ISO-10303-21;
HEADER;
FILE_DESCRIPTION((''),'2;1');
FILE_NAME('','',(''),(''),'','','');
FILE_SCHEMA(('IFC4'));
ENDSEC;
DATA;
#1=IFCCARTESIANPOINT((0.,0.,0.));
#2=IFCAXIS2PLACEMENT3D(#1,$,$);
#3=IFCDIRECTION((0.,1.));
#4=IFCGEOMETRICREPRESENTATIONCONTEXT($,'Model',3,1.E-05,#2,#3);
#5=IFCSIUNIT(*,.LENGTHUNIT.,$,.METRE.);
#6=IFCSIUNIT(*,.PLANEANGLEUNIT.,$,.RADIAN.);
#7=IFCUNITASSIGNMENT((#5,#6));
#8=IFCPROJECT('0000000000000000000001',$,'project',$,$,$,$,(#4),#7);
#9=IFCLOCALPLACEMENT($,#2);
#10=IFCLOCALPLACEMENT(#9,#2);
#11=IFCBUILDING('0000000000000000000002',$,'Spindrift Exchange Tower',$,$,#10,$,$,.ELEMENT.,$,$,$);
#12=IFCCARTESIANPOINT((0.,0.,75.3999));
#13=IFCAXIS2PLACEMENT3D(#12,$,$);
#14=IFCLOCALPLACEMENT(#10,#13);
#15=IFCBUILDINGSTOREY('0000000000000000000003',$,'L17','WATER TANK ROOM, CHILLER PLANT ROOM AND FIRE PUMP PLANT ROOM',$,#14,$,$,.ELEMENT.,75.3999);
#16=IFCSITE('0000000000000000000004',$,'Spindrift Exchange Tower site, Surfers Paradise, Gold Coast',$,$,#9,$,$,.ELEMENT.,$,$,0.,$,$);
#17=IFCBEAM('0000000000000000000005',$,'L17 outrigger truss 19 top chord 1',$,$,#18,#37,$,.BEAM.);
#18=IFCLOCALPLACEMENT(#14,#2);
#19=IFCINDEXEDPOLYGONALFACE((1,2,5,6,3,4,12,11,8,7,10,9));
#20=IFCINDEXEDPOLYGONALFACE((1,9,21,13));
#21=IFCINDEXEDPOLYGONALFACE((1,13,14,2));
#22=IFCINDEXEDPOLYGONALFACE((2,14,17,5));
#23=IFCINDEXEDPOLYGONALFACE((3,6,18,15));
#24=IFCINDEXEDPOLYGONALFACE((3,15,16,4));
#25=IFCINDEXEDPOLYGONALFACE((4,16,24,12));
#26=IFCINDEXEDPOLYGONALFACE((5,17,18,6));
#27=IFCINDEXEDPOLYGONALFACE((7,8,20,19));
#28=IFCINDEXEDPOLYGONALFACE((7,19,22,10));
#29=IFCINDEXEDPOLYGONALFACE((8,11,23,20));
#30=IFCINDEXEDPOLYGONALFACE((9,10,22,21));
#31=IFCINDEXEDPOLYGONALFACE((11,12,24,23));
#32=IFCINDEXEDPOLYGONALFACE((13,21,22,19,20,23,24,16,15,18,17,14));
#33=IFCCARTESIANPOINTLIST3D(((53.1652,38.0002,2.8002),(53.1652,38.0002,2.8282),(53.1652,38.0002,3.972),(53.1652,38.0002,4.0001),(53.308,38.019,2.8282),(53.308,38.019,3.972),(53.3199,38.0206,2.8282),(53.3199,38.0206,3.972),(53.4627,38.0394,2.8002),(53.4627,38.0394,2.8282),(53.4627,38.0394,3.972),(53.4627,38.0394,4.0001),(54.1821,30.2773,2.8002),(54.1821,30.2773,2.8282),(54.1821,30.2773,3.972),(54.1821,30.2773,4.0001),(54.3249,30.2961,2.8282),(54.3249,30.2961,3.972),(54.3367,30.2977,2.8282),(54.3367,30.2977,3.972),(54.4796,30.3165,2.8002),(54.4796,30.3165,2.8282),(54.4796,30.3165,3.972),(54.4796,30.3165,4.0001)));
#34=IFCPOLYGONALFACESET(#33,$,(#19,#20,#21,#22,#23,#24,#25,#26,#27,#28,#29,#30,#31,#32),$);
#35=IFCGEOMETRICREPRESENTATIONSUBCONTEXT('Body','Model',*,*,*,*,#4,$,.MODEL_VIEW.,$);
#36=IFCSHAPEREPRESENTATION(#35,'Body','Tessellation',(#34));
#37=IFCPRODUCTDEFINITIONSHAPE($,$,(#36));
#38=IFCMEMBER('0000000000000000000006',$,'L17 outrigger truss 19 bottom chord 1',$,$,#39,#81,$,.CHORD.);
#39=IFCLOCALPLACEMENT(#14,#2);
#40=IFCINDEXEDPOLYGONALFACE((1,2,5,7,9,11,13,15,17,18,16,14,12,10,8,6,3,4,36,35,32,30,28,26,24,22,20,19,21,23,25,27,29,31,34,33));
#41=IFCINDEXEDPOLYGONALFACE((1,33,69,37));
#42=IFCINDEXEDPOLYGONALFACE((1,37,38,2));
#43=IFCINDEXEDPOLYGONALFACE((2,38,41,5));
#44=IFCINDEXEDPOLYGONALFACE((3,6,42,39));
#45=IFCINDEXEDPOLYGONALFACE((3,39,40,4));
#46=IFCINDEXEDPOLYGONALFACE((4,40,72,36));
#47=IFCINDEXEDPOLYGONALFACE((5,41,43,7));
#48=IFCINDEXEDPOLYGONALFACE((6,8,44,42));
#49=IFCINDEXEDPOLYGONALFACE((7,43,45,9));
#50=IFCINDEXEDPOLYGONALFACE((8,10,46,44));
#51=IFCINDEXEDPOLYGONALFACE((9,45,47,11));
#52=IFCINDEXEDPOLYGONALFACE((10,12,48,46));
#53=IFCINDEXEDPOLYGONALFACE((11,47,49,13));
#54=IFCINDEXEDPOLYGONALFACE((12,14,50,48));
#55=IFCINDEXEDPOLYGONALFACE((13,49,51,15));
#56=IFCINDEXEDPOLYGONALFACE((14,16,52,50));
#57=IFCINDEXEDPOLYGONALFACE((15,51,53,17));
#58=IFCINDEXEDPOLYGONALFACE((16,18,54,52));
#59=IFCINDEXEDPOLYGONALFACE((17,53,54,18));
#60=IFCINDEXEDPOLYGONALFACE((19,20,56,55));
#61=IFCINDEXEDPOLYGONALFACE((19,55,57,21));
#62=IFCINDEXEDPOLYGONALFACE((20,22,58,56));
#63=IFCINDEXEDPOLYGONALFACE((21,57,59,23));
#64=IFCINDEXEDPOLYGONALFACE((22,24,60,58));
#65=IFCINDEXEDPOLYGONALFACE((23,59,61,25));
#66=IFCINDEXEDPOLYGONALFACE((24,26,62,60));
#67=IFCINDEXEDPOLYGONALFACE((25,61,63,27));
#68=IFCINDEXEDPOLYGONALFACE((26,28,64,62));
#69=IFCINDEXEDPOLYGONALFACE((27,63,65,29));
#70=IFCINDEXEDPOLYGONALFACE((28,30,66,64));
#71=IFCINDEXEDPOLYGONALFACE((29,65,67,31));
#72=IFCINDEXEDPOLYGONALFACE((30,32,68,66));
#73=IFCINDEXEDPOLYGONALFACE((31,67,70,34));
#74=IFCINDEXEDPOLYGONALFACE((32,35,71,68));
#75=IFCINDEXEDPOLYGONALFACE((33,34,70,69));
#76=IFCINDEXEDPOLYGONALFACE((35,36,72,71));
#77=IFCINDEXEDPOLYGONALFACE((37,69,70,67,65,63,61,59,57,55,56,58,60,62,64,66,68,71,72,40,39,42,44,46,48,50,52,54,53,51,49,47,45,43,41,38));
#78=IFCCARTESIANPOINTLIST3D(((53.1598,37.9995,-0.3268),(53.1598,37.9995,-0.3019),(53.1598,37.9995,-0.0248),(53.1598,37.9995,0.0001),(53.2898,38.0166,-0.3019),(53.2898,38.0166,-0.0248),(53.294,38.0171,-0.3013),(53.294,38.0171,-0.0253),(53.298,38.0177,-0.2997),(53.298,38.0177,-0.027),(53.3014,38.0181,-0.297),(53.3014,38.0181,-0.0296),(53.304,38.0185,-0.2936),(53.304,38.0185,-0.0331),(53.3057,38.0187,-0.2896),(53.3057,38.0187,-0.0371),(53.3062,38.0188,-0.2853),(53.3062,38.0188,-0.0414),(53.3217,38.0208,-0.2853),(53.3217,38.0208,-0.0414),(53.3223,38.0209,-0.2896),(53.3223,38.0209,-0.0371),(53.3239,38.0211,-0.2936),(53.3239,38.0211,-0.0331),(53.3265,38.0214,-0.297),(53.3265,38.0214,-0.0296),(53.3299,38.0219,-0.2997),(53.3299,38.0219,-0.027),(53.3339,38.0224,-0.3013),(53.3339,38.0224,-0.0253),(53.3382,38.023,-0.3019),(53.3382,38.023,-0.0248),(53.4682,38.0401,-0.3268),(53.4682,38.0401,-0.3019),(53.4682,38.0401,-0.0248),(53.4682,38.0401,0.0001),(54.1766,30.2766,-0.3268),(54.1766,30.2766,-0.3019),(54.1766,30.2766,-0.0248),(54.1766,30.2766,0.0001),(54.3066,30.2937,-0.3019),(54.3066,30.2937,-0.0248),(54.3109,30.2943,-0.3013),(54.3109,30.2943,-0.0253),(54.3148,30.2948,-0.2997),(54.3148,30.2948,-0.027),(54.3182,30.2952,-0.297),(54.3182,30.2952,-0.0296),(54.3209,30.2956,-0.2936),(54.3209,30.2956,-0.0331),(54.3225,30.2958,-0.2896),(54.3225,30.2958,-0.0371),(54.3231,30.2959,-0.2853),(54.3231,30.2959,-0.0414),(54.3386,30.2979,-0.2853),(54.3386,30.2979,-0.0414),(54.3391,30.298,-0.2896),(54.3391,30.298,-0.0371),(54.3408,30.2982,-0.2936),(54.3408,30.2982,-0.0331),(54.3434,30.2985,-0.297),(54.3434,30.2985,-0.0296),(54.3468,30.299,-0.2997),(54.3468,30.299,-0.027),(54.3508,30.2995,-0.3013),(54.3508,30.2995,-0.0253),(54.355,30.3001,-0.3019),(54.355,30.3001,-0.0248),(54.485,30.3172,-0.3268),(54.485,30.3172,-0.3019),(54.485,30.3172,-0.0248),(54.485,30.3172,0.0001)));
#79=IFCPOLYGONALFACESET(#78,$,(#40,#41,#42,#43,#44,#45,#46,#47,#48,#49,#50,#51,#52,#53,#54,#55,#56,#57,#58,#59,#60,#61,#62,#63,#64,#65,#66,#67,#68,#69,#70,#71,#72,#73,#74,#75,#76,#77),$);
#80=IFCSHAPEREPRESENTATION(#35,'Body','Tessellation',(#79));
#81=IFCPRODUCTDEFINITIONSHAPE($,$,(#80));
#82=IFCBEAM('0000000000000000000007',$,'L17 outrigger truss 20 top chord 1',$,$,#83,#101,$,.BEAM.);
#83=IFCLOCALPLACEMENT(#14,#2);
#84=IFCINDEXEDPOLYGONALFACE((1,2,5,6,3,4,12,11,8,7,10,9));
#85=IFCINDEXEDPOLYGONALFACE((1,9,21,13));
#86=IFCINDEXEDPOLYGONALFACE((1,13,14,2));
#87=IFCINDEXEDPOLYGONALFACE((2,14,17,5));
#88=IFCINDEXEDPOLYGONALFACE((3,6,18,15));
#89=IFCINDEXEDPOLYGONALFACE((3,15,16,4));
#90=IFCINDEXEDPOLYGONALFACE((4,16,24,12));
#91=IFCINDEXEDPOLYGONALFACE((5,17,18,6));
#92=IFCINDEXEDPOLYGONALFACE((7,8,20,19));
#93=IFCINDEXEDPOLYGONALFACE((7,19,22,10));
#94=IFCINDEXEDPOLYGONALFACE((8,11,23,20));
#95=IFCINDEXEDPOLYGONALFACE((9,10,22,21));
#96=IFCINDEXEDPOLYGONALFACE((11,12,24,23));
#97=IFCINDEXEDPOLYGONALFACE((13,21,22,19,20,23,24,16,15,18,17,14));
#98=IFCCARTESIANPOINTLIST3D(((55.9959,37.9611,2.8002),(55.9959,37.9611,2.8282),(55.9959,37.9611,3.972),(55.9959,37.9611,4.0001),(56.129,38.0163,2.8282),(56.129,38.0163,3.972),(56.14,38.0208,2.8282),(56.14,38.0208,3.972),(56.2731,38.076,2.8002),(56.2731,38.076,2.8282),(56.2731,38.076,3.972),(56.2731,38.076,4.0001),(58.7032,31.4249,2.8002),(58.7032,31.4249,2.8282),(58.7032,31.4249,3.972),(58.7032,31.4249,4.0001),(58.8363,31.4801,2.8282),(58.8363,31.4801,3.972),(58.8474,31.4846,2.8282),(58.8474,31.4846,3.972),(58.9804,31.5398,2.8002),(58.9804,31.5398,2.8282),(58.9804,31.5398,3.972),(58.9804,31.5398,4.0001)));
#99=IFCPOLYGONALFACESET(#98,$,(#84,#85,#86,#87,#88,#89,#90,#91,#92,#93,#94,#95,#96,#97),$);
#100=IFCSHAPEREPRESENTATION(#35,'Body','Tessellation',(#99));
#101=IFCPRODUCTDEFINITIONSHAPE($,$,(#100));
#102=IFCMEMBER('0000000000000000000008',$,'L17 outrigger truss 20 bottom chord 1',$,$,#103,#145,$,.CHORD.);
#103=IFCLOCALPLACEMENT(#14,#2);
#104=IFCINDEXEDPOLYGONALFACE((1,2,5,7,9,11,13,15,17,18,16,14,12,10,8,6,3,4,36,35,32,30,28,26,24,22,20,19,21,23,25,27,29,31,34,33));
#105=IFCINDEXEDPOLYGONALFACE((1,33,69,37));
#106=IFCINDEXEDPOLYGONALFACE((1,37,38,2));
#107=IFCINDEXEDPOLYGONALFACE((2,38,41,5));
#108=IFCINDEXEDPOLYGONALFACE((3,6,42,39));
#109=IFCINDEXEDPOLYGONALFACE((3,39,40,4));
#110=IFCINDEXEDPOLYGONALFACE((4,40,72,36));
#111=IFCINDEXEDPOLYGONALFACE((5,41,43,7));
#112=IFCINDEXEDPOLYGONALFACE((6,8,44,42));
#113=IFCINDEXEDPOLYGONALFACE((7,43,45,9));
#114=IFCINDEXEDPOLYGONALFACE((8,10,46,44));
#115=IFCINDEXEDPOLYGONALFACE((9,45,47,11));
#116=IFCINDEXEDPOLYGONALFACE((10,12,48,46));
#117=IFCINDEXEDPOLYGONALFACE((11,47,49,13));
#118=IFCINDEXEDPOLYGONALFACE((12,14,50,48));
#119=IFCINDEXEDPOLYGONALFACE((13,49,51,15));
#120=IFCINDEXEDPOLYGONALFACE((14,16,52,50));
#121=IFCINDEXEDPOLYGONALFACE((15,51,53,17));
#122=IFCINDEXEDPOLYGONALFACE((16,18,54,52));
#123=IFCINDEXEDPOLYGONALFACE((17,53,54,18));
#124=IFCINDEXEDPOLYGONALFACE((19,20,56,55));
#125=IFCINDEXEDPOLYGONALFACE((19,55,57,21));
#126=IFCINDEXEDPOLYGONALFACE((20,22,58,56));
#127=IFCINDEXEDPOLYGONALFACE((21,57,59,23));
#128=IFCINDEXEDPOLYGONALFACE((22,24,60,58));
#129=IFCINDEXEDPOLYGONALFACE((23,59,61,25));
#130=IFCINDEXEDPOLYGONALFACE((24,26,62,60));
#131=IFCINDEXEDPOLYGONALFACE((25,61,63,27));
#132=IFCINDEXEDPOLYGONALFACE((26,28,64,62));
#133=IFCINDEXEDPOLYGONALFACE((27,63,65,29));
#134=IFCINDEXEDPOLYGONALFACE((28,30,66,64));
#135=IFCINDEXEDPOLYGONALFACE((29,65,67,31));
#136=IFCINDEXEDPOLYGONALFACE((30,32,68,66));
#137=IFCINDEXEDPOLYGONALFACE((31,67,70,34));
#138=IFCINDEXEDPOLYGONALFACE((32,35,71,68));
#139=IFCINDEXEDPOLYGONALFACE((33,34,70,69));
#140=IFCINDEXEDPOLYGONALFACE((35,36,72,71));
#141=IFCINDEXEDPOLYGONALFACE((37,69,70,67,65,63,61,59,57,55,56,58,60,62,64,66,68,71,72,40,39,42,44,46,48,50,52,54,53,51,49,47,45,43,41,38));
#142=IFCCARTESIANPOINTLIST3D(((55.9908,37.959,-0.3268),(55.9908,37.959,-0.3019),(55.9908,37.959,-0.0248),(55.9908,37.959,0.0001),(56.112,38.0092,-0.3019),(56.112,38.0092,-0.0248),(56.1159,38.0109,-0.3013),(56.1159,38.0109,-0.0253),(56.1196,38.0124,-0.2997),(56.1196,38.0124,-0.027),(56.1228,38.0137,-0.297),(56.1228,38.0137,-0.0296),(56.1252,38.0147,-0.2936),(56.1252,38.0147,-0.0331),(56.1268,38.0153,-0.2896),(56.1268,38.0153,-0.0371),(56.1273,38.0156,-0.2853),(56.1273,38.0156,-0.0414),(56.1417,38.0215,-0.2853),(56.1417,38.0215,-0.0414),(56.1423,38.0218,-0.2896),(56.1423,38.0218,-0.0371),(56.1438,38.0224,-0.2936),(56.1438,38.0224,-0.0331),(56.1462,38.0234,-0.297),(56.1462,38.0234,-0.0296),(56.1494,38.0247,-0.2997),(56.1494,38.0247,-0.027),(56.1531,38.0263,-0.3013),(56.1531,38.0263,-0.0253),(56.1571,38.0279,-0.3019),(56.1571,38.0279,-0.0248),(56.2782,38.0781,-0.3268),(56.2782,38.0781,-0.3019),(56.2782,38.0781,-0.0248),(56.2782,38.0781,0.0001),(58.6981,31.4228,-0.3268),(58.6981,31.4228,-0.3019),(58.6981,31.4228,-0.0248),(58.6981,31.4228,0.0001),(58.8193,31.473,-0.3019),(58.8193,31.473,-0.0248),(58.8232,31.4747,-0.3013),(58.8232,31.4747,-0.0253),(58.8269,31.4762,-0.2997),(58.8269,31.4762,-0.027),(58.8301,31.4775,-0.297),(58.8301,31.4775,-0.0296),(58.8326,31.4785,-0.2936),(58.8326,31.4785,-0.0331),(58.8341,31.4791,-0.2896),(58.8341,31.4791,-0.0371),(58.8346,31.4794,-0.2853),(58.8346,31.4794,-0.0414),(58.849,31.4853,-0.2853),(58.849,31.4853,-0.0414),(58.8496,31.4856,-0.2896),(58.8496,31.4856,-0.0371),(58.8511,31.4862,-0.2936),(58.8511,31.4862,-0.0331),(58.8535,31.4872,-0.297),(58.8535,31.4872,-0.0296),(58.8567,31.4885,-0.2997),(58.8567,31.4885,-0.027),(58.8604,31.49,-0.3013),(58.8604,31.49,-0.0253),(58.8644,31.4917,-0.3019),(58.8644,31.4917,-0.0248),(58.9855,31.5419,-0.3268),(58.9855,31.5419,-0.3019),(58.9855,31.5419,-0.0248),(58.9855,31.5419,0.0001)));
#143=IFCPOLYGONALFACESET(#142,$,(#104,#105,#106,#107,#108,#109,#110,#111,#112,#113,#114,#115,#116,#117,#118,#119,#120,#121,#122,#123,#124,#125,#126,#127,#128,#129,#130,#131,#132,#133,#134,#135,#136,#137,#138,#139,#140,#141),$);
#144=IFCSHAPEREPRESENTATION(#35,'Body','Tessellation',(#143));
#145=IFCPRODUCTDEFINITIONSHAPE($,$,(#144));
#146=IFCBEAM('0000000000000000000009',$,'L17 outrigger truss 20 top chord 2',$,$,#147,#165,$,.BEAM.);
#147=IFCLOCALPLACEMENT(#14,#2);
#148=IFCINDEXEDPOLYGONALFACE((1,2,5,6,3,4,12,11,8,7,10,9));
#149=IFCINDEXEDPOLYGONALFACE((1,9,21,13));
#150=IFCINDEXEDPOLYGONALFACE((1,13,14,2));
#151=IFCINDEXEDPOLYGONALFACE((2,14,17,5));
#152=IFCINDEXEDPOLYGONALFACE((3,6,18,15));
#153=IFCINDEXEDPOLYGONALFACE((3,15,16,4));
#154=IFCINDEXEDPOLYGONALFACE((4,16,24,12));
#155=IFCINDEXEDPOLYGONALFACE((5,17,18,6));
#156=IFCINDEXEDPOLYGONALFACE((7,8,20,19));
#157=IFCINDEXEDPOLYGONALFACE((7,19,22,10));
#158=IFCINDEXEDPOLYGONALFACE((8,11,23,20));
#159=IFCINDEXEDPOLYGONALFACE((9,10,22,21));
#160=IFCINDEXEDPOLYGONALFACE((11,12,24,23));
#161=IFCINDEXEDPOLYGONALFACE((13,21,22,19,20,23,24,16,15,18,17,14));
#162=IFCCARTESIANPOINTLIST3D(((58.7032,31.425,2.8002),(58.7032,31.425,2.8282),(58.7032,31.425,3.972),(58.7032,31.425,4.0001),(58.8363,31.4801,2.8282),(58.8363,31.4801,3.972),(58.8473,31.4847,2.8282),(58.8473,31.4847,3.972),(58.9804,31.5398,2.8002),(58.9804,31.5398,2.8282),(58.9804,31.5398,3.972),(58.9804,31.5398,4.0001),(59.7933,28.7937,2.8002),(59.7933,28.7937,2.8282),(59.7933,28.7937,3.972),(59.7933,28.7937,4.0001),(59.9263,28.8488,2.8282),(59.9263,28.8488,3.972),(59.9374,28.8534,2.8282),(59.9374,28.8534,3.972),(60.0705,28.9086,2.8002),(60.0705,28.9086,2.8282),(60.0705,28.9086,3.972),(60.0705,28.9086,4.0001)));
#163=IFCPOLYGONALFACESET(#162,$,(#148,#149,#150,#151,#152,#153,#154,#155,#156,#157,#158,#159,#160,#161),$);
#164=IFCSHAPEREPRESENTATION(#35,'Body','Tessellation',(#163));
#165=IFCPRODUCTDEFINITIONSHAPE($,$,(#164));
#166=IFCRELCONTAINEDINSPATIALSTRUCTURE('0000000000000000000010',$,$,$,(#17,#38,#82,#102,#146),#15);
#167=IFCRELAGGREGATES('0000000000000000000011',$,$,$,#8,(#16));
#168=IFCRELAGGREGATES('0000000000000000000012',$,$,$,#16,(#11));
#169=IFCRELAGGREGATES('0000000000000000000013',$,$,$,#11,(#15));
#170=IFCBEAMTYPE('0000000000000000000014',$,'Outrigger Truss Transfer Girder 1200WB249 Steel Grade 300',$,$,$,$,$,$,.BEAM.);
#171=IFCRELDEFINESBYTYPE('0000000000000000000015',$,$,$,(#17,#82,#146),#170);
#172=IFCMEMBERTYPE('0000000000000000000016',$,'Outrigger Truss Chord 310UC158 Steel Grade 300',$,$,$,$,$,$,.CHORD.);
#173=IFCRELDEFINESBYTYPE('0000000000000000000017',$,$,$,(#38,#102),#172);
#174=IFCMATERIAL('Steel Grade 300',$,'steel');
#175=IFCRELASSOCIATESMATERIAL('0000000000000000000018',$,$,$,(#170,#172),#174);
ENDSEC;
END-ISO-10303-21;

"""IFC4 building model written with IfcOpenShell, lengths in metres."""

from ifc_helpers import new_model, si_unit, direction, frame, origin, origin_2d, place, context, subcontext, project, spatial, i_section, extrude, source, transform, mapped, material, material_profile, profile_set, type_object, element, save


model = new_model("IFC4")

# Units and contexts
model_context = context("Model", 3, precision=1e-05, world=origin(), true_north=direction((0.0, 1.0)))
body_context = subcontext(model_context, "Body", "Model", "MODEL_VIEW")
ifc_project = project(units=[si_unit("LENGTHUNIT", "METRE"), si_unit("PLANEANGLEUNIT", "RADIAN")], contexts=[model_context])

# Site, building, storey
site_placement = place(None, origin())
site = spatial("IfcSite", under=ifc_project, at=site_placement, Name="Spindrift Exchange Tower site, Surfers Paradise, Gold Coast", CompositionType="ELEMENT", RefElevation=0.0)
building_placement = place(site_placement, origin())
building = spatial("IfcBuilding", under=site, at=building_placement, Name="Spindrift Exchange Tower", CompositionType="ELEMENT")
storey_placement = place(building_placement, frame((0.0, 0.0, 75.3999)))
storey = spatial("IfcBuildingStorey", under=building, at=storey_placement, Name="L17", Description="WATER TANK ROOM, CHILLER PLANT ROOM AND FIRE PUMP PLANT ROOM", CompositionType="ELEMENT", Elevation=75.3999)

# Beam
ifc_material_1 = material(Name="Steel Grade 300", Category="steel")
ifc_material_profile_1 = material_profile(ifc_material_1, i_section(OverallWidth=0.3, OverallDepth=1.2, WebThickness=0.012, FlangeThickness=0.0281, at=origin_2d()), Name="1200WB249")
ifc_profile_set_1 = profile_set([ifc_material_profile_1], Name="Steel Grade 300")
beam_type = type_object("IfcBeamType", Name="Outrigger Truss Transfer Girder 1200WB249 Steel Grade 300", PredefinedType="BEAM", material=ifc_profile_set_1)
shared_shape_1 = source(origin(), body_context, "Body", "SweptSolid", [
    extrude(i_section(OverallWidth=0.3, OverallDepth=1.2, WebThickness=0.012, FlangeThickness=0.0281, at=origin_2d()), origin(), (0.0, 0.0, 1.0), 7.7896),
])
beam_1_placement = place(storey_placement, frame((53.314, 38.0198, 3.4001), z_axis=(0.13054, -0.991443, 0.0), x_axis=(0.991443, 0.13054, 0.0)))
element("IfcBeam", 1, at=beam_1_placement, inside=storey, type_object=beam_type, Name="L17 outrigger truss 19 top chord 1", PredefinedType="BEAM", context=body_context, shape_type="MappedRepresentation", body=[
    mapped(shared_shape_1, transform((0.0, 0.0, 0.0), scale=1.0)),
])

# Member
ifc_material_profile_2 = material_profile(ifc_material_1, i_section(OverallWidth=0.311, OverallDepth=0.3269, WebThickness=0.0156, FlangeThickness=0.0249, FilletRadius=0.0166, at=origin_2d()), Name="310UC158")
ifc_profile_set_2 = profile_set([ifc_material_profile_2], Name="Steel Grade 300")
member_type = type_object("IfcMemberType", Name="Outrigger Truss Chord 310UC158 Steel Grade 300", PredefinedType="CHORD", material=ifc_profile_set_2)
shared_shape_2 = source(origin(), body_context, "Body", "SweptSolid", [
    extrude(i_section(OverallWidth=0.311, OverallDepth=0.3269, WebThickness=0.0156, FlangeThickness=0.0249, FilletRadius=0.0166, at=origin_2d()), origin(), (0.0, 0.0, 1.0), 7.7896),
])
member_1_placement = place(storey_placement, frame((53.314, 38.0198, -0.1633), z_axis=(0.13054, -0.991443, 0.0), x_axis=(0.991443, 0.13054, 0.0)))
element("IfcMember", 2, at=member_1_placement, inside=storey, type_object=member_type, Name="L17 outrigger truss 19 bottom chord 1", PredefinedType="CHORD", context=body_context, shape_type="MappedRepresentation", body=[
    mapped(shared_shape_2, transform((0.0, 0.0, 0.0), scale=1.0)),
])

# Beam
shared_shape_3 = source(origin(), body_context, "Body", "SweptSolid", [
    extrude(i_section(OverallWidth=0.3, OverallDepth=1.2, WebThickness=0.012, FlangeThickness=0.0281, at=origin_2d()), origin(), (0.0, 0.0, 1.0), 7.0747),
])
beam_2_placement = place(storey_placement, frame((56.1345, 38.0186, 3.4001), z_axis=(0.382674, -0.923884, 0.0), x_axis=(0.923884, 0.382674, 0.0)))
element("IfcBeam", 3, at=beam_2_placement, inside=storey, type_object=beam_type, Name="L17 outrigger truss 20 top chord 1", PredefinedType="BEAM", context=body_context, shape_type="MappedRepresentation", body=[
    mapped(shared_shape_3, transform((0.0, 0.0, 0.0), scale=1.0)),
])

# Member
shared_shape_4 = source(origin(), body_context, "Body", "SweptSolid", [
    extrude(i_section(OverallWidth=0.311, OverallDepth=0.3269, WebThickness=0.0156, FlangeThickness=0.0249, FilletRadius=0.0166, at=origin_2d()), origin(), (0.0, 0.0, 1.0), 7.0747),
])
member_2_placement = place(storey_placement, frame((56.1345, 38.0186, -0.1633), z_axis=(0.382674, -0.923884, 0.0), x_axis=(0.923884, 0.382674, 0.0)))
element("IfcMember", 4, at=member_2_placement, inside=storey, type_object=member_type, Name="L17 outrigger truss 20 bottom chord 1", PredefinedType="CHORD", context=body_context, shape_type="MappedRepresentation", body=[
    mapped(shared_shape_4, transform((0.0, 0.0, 0.0), scale=1.0)),
])

# Beam
shared_shape_5 = source(origin(), body_context, "Body", "SweptSolid", [
    extrude(i_section(OverallWidth=0.3, OverallDepth=1.2, WebThickness=0.012, FlangeThickness=0.0281, at=origin_2d()), origin(), (0.0, 0.0, 1.0), 2.8481),
])
beam_3_placement = place(storey_placement, frame((58.8418, 31.4824, 3.4001), z_axis=(0.382728, -0.923861, 0.0), x_axis=(0.923861, 0.382728, 0.0)))
element("IfcBeam", 5, at=beam_3_placement, inside=storey, type_object=beam_type, Name="L17 outrigger truss 20 top chord 2", PredefinedType="BEAM", context=body_context, shape_type="MappedRepresentation", body=[
    mapped(shared_shape_5, transform((0.0, 0.0, 0.0), scale=1.0)),
])

save(model, "model.ifc")
